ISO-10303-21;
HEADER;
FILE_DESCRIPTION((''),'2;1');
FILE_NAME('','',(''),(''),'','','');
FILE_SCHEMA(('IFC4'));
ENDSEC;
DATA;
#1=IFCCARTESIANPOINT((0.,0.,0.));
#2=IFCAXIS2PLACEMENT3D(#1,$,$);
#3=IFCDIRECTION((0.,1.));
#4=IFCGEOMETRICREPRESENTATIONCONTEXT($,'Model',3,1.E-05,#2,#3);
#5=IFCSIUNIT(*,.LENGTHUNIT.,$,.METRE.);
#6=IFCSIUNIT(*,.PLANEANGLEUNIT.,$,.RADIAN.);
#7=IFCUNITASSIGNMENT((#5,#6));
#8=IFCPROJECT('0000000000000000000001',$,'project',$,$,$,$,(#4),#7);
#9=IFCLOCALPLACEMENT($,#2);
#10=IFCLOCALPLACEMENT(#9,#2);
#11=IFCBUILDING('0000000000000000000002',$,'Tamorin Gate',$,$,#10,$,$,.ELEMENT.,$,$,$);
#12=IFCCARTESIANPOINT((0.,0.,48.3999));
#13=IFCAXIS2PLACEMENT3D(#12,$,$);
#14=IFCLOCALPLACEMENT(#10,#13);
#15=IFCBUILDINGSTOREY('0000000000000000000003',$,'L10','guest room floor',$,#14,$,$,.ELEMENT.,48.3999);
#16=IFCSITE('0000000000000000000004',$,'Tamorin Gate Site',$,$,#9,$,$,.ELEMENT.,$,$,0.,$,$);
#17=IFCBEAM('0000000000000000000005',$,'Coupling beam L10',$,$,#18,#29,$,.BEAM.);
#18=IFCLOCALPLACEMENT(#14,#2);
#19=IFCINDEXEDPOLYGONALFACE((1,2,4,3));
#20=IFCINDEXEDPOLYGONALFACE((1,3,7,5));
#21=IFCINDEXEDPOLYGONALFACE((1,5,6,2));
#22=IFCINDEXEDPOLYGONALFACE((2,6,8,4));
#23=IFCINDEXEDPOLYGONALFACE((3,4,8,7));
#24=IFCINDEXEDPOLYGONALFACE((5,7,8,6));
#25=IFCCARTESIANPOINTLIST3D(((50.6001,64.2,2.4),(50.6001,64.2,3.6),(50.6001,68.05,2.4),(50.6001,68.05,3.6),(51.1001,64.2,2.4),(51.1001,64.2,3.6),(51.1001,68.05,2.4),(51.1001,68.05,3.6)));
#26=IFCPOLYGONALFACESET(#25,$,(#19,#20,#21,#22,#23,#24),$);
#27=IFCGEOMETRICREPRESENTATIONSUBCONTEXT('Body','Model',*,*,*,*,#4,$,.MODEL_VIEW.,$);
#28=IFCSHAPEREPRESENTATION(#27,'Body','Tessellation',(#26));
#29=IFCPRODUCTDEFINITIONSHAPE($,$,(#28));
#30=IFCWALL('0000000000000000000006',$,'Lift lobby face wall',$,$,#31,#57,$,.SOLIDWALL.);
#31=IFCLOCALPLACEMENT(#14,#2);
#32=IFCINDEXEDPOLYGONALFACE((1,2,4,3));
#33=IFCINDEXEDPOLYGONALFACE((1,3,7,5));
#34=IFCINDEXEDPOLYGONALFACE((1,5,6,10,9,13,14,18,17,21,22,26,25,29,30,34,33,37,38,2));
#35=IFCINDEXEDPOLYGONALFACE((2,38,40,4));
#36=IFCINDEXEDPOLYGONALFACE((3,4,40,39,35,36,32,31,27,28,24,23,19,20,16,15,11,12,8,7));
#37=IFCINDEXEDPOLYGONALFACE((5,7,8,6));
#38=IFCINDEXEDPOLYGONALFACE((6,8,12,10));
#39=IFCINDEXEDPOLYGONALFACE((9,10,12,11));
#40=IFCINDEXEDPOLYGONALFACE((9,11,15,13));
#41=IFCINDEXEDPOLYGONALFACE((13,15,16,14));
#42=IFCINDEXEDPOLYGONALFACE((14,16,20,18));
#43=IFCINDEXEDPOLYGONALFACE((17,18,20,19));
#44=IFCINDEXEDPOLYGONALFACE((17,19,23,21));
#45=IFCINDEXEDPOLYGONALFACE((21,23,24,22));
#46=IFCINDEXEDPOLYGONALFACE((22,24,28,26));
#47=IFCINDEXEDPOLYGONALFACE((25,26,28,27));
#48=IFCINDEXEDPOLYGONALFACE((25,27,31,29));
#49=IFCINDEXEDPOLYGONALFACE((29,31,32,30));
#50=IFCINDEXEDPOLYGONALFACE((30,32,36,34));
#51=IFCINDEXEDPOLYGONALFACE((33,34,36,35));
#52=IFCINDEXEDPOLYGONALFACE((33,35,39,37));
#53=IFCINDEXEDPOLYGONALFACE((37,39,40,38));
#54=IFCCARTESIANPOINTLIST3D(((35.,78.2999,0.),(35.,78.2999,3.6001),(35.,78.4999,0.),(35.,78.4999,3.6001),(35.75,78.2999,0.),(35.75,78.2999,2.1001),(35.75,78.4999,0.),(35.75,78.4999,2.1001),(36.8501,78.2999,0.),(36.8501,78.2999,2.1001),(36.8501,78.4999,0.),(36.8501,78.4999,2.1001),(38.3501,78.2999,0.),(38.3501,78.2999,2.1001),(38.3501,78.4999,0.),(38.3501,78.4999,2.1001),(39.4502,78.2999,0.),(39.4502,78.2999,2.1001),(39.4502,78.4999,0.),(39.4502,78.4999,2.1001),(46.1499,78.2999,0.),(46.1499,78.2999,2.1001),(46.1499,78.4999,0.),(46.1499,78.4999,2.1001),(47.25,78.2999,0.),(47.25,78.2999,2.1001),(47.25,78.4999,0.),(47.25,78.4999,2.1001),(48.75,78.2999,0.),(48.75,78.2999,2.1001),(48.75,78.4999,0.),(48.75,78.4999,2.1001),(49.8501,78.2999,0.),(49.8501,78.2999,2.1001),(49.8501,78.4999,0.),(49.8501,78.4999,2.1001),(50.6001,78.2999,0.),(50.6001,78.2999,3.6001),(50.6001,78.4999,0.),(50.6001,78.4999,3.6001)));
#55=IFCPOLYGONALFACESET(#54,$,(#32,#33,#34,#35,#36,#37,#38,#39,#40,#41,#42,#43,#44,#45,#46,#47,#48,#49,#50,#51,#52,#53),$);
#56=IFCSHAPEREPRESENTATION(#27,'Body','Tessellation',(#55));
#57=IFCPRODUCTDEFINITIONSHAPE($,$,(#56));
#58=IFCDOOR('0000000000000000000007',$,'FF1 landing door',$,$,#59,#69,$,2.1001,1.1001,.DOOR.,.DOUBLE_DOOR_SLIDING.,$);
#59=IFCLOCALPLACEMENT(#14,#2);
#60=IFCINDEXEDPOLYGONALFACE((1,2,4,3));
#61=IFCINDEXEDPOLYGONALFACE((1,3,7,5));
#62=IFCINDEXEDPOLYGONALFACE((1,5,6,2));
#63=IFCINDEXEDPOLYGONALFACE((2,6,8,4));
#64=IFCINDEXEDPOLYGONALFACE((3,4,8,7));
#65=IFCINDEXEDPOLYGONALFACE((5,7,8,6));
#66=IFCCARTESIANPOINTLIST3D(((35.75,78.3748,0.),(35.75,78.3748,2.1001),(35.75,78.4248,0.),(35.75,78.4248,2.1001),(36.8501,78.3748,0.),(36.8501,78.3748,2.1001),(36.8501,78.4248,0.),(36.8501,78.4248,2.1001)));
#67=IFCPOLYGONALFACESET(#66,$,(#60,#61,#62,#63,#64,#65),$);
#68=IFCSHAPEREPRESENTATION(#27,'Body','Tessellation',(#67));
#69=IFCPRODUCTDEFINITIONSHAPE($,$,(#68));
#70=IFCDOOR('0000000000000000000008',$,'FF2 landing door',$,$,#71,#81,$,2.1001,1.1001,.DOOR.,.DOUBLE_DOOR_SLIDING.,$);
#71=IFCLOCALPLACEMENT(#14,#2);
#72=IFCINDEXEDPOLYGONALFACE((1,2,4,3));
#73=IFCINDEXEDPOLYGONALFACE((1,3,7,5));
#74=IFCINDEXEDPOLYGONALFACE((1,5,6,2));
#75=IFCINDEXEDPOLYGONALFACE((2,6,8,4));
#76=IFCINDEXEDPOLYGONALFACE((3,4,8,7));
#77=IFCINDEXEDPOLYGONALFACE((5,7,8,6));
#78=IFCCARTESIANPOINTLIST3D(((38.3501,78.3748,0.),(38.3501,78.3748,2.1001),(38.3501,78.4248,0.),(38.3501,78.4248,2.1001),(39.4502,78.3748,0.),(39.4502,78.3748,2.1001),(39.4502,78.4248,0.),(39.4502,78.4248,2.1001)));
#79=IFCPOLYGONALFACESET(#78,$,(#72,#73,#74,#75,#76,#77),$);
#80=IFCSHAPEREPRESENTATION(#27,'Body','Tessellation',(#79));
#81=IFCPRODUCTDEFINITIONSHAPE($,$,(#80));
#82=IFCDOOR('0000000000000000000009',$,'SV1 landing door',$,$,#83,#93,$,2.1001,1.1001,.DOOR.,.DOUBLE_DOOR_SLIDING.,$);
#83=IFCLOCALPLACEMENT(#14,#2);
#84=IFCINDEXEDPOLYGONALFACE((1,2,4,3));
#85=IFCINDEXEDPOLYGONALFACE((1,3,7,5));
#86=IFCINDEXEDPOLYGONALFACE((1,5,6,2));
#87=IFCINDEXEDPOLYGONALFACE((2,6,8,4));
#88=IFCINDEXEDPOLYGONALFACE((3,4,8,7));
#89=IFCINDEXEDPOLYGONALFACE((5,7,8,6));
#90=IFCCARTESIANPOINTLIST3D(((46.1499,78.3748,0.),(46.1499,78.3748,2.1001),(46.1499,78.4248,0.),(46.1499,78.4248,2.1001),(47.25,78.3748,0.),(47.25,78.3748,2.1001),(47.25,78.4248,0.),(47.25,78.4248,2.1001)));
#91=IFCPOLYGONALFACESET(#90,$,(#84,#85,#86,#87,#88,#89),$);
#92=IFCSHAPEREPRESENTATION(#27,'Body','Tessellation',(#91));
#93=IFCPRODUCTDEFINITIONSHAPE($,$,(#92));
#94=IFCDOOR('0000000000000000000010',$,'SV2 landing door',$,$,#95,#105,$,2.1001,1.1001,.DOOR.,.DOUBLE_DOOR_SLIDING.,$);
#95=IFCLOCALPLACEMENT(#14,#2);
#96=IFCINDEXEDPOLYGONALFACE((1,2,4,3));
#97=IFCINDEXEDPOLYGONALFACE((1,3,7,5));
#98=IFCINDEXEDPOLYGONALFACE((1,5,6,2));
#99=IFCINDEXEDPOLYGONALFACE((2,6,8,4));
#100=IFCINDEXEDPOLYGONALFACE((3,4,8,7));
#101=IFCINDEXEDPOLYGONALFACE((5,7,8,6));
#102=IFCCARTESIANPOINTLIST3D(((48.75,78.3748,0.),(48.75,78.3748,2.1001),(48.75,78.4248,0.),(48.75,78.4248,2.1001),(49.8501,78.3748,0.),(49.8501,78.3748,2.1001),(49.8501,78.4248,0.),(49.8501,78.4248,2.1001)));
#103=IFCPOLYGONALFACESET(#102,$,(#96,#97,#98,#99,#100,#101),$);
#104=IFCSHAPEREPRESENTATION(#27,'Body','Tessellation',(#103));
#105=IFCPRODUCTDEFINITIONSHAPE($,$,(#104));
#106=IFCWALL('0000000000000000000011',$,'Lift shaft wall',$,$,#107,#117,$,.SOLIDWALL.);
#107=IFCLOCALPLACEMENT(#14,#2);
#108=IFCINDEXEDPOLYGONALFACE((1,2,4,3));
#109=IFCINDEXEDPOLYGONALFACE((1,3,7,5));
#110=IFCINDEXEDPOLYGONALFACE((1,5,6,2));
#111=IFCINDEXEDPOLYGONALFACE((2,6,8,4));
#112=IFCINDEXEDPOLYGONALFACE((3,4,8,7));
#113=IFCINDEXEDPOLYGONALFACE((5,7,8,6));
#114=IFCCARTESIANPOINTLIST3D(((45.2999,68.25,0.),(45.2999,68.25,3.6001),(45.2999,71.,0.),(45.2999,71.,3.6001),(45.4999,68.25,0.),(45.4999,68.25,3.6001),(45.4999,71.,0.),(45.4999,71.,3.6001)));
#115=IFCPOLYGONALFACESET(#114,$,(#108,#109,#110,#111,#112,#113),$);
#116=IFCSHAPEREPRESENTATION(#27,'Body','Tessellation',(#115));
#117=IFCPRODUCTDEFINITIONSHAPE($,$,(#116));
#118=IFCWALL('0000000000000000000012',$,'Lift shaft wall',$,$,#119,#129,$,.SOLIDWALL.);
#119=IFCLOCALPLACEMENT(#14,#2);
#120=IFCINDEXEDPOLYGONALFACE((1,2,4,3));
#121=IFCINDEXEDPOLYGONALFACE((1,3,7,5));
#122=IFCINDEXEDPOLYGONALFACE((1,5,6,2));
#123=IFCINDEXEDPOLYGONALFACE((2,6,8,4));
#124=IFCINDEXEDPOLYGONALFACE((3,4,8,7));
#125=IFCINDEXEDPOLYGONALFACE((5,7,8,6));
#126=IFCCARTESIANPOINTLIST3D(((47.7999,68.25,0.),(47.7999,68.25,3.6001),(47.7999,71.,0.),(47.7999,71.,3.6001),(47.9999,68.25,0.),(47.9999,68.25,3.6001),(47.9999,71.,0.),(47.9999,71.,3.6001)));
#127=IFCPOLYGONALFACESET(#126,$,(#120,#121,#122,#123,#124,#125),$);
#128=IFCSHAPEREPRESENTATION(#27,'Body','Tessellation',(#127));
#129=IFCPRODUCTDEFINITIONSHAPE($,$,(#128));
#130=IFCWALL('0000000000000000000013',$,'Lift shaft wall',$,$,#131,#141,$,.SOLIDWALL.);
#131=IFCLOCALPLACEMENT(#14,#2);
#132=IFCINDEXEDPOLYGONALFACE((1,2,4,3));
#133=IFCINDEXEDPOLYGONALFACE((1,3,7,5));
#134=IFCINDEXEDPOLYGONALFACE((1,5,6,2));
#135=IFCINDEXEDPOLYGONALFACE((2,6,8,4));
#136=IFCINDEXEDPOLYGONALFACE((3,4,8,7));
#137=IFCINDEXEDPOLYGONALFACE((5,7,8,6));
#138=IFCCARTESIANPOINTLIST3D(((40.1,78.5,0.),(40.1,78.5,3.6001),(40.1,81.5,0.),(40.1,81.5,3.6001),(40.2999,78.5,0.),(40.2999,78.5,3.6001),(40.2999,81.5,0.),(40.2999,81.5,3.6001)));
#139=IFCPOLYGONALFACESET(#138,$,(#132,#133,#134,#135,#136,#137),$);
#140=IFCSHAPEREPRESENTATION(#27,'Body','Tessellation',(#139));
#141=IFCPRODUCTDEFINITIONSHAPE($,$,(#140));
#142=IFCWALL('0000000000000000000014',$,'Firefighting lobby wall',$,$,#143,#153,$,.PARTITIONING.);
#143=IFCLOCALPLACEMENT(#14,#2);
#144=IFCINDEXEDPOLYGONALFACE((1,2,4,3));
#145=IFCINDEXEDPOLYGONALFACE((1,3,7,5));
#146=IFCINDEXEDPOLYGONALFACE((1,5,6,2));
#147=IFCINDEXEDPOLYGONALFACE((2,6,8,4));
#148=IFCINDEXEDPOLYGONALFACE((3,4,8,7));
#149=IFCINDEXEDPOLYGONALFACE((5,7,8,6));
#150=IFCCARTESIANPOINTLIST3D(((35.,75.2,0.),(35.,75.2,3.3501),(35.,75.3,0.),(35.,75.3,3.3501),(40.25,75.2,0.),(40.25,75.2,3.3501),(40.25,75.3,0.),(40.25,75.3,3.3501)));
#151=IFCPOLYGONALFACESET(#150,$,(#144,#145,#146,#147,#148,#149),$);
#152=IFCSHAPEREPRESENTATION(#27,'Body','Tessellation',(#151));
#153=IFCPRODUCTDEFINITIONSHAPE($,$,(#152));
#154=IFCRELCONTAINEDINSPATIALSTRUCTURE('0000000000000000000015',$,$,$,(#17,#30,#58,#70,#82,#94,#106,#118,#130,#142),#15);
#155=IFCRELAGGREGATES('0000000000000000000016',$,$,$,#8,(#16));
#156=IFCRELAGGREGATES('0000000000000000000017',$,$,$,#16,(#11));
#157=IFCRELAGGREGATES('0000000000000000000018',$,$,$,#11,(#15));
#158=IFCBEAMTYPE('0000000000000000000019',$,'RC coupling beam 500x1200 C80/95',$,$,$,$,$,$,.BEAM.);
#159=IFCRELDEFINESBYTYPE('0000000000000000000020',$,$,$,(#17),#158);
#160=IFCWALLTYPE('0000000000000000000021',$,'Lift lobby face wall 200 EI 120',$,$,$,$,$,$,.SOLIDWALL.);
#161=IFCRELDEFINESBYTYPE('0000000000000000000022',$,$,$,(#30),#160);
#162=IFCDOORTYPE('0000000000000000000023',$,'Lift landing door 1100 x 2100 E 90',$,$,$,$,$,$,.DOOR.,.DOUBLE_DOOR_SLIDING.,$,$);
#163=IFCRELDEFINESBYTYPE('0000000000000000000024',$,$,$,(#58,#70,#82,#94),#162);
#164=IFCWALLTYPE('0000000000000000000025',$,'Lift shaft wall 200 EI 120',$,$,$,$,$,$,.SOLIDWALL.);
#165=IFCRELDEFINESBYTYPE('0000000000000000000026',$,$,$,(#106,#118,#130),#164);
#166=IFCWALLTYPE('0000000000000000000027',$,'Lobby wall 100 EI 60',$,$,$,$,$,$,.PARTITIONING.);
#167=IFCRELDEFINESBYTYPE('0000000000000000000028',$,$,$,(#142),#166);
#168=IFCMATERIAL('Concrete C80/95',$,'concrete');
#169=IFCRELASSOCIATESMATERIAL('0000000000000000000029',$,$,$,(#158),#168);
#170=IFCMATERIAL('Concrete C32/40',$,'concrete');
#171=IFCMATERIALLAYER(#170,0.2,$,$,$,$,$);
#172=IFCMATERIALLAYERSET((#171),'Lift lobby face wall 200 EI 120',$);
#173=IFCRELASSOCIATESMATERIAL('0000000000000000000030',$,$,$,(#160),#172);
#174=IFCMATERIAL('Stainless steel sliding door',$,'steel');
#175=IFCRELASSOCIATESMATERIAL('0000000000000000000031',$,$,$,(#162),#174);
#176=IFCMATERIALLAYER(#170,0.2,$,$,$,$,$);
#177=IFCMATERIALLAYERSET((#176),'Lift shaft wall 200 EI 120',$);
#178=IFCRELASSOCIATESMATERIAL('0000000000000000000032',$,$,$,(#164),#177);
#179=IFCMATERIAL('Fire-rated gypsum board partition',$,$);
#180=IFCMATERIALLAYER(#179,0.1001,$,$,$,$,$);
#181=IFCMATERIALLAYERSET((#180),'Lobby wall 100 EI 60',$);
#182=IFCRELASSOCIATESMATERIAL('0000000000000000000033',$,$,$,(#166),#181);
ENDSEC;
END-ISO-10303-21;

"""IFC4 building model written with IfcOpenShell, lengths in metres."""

from ifc_helpers import new_model, si_unit, direction, frame, frame_2d, origin, origin_2d, place, context, subcontext, project, spatial, rectangle, extrude, material, layer, layer_set, material_profile, profile_set, type_object, element, fill, save


model = new_model("IFC4")

# Units and contexts
model_context = context("Model", 3, precision=1e-05, world=origin(), true_north=direction((0.0, 1.0)))
body_context = subcontext(model_context, "Body", "Model", "MODEL_VIEW")
ifc_project = project(units=[si_unit("LENGTHUNIT", "METRE"), si_unit("PLANEANGLEUNIT", "RADIAN")], contexts=[model_context])

# Site, building, storey
site_placement = place(None, origin())
site = spatial("IfcSite", under=ifc_project, at=site_placement, Name="Tamorin Gate Site", CompositionType="ELEMENT", RefElevation=0.0)
building_placement = place(site_placement, origin())
building = spatial("IfcBuilding", under=site, at=building_placement, Name="Tamorin Gate", CompositionType="ELEMENT")
storey_placement = place(building_placement, frame((0.0, 0.0, 48.3999)))
storey = spatial("IfcBuildingStorey", under=building, at=storey_placement, Name="L10", Description="guest room floor", CompositionType="ELEMENT", Elevation=48.3999)

# Beam
ifc_material_1 = material(Name="Concrete C80/95", Category="concrete")
ifc_material_profile = material_profile(ifc_material_1, rectangle(XDim=0.5, YDim=1.2, at=origin_2d()), Name="RC 500x1200")
ifc_profile_set = profile_set([ifc_material_profile], Name="Concrete C80/95")
beam_type = type_object("IfcBeamType", Name="RC coupling beam 500x1200 C80/95", PredefinedType="BEAM", material=ifc_profile_set)
beam_placement = place(storey_placement, frame((50.8501, 64.2, 3.0), z_axis=(0.0, 1.0, 0.0), x_axis=(-1.0, 0.0, 0.0)))
element("IfcBeam", 1, at=beam_placement, inside=storey, type_object=beam_type, Name="Coupling beam L10", PredefinedType="BEAM", context=body_context, shape_type="SweptSolid", body=[
    extrude(rectangle(XDim=0.5, YDim=1.2, at=origin_2d()), origin(), (0.0, 0.0, 1.0), 3.8501),
])

# Wall, openings, doors
ifc_material_2 = material(Name="Concrete C32/40", Category="concrete")
ifc_layer_1 = layer(ifc_material_2, 0.2)
ifc_layer_set_1 = layer_set([ifc_layer_1], Name="Lift lobby face wall 200 EI 120")
wall_type_1 = type_object("IfcWallType", Name="Lift lobby face wall 200 EI 120", PredefinedType="SOLIDWALL", material=ifc_layer_set_1)
wall_1_placement = place(storey_placement, frame((35.0, 78.3999, 0.0), z_axis=(0.0, 0.0, 1.0), x_axis=(1.0, 0.0, 0.0)))
wall_1 = element("IfcWall", 2, at=wall_1_placement, inside=storey, type_object=wall_type_1, Name="Lift lobby face wall", PredefinedType="SOLIDWALL", context=body_context, shape_type="SweptSolid", body=[
    extrude(rectangle(XDim=15.6001, YDim=0.2, at=frame_2d((7.8, 0.0))), origin(), (0.0, 0.0, 1.0), 3.6001),
])
opening_1_placement = place(wall_1_placement, frame((0.75, 0.0, 0.0)))
opening_1 = element("IfcOpeningElement", 3, at=opening_1_placement, cuts=wall_1, PredefinedType="OPENING", context=body_context, shape_type="SweptSolid", body=[
    extrude(rectangle(XDim=1.1001, YDim=2.1001, at=frame_2d((0.55, 1.05))), frame((0.0, 0.1099, 0.0), z_axis=(0.0, -1.0, 0.0), x_axis=(1.0, 0.0, 0.0)), (0.0, 0.0, 1.0), 0.22),
])
opening_2_placement = place(wall_1_placement, frame((3.3501, 0.0, 0.0)))
opening_2 = element("IfcOpeningElement", 4, at=opening_2_placement, cuts=wall_1, PredefinedType="OPENING", context=body_context, shape_type="SweptSolid", body=[
    extrude(rectangle(XDim=1.1001, YDim=2.1001, at=frame_2d((0.55, 1.05))), frame((0.0, 0.1099, 0.0), z_axis=(0.0, -1.0, 0.0), x_axis=(1.0, 0.0, 0.0)), (0.0, 0.0, 1.0), 0.22),
])
opening_3_placement = place(wall_1_placement, frame((11.1499, 0.0, 0.0)))
opening_3 = element("IfcOpeningElement", 5, at=opening_3_placement, cuts=wall_1, PredefinedType="OPENING", context=body_context, shape_type="SweptSolid", body=[
    extrude(rectangle(XDim=1.1001, YDim=2.1001, at=frame_2d((0.55, 1.05))), frame((0.0, 0.1099, 0.0), z_axis=(0.0, -1.0, 0.0), x_axis=(1.0, 0.0, 0.0)), (0.0, 0.0, 1.0), 0.22),
])
opening_4_placement = place(wall_1_placement, frame((13.75, 0.0, 0.0)))
opening_4 = element("IfcOpeningElement", 6, at=opening_4_placement, cuts=wall_1, PredefinedType="OPENING", context=body_context, shape_type="SweptSolid", body=[
    extrude(rectangle(XDim=1.1001, YDim=2.1001, at=frame_2d((0.55, 1.05))), frame((0.0, 0.1099, 0.0), z_axis=(0.0, -1.0, 0.0), x_axis=(1.0, 0.0, 0.0)), (0.0, 0.0, 1.0), 0.22),
])
ifc_material_3 = material(Name="Stainless steel sliding door", Category="steel")
door_type_1 = type_object("IfcDoorType", Name="Lift landing door 1100 x 2100 E 90", OperationType="DOUBLE_DOOR_SLIDING", PredefinedType="DOOR", material=ifc_material_3)
door_1_placement = place(opening_1_placement, origin())
door_1 = element("IfcDoor", 7, at=door_1_placement, inside=storey, type_object=door_type_1, Name="FF1 landing door", OperationType="DOUBLE_DOOR_SLIDING", OverallHeight=2.1001, OverallWidth=1.1001, PredefinedType="DOOR", context=body_context, shape_type="SweptSolid", body=[
    extrude(rectangle(XDim=1.1001, YDim=2.1001, at=frame_2d((0.55, 1.05))), frame((0.0, 0.0249, 0.0), z_axis=(0.0, -1.0, 0.0), x_axis=(1.0, 0.0, 0.0)), (0.0, 0.0, 1.0), 0.05),
])
fill(opening_1, door_1)
door_2_placement = place(opening_2_placement, origin())
door_2 = element("IfcDoor", 8, at=door_2_placement, inside=storey, type_object=door_type_1, Name="FF2 landing door", OperationType="DOUBLE_DOOR_SLIDING", OverallHeight=2.1001, OverallWidth=1.1001, PredefinedType="DOOR", context=body_context, shape_type="SweptSolid", body=[
    extrude(rectangle(XDim=1.1001, YDim=2.1001, at=frame_2d((0.55, 1.05))), frame((0.0, 0.0249, 0.0), z_axis=(0.0, -1.0, 0.0), x_axis=(1.0, 0.0, 0.0)), (0.0, 0.0, 1.0), 0.05),
])
fill(opening_2, door_2)
door_3_placement = place(opening_3_placement, origin())
door_3 = element("IfcDoor", 9, at=door_3_placement, inside=storey, type_object=door_type_1, Name="SV1 landing door", OperationType="DOUBLE_DOOR_SLIDING", OverallHeight=2.1001, OverallWidth=1.1001, PredefinedType="DOOR", context=body_context, shape_type="SweptSolid", body=[
    extrude(rectangle(XDim=1.1001, YDim=2.1001, at=frame_2d((0.55, 1.05))), frame((0.0, 0.0249, 0.0), z_axis=(0.0, -1.0, 0.0), x_axis=(1.0, 0.0, 0.0)), (0.0, 0.0, 1.0), 0.05),
])
fill(opening_3, door_3)
door_4_placement = place(opening_4_placement, origin())
door_4 = element("IfcDoor", 10, at=door_4_placement, inside=storey, type_object=door_type_1, Name="SV2 landing door", OperationType="DOUBLE_DOOR_SLIDING", OverallHeight=2.1001, OverallWidth=1.1001, PredefinedType="DOOR", context=body_context, shape_type="SweptSolid", body=[
    extrude(rectangle(XDim=1.1001, YDim=2.1001, at=frame_2d((0.55, 1.05))), frame((0.0, 0.0249, 0.0), z_axis=(0.0, -1.0, 0.0), x_axis=(1.0, 0.0, 0.0)), (0.0, 0.0, 1.0), 0.05),
])
fill(opening_4, door_4)

# Walls
ifc_layer_2 = layer(ifc_material_2, 0.2)
ifc_layer_set_2 = layer_set([ifc_layer_2], Name="Lift shaft wall 200 EI 120")
wall_type_2 = type_object("IfcWallType", Name="Lift shaft wall 200 EI 120", PredefinedType="SOLIDWALL", material=ifc_layer_set_2)
for number, where, z_axis, x_axis, name in (
    (11, (45.3999, 68.25, 0.0), (0.0, 0.0, 1.0), (0.0, 1.0, 0.0), "Lift shaft wall"),
    (12, (47.8999, 68.25, 0.0), (0.0, 0.0, 1.0), (0.0, 1.0, 0.0), "Lift shaft wall"),
):
    element("IfcWall", number, at=place(storey_placement, frame(where, z_axis=z_axis, x_axis=x_axis)), inside=storey, type_object=wall_type_2, Name=name, PredefinedType="SOLIDWALL", context=body_context, shape_type="SweptSolid", body=[
        extrude(rectangle(XDim=2.75, YDim=0.2, at=frame_2d((1.375, 0.0))), origin(), (0.0, 0.0, 1.0), 3.6001),
    ])
wall_2_placement = place(storey_placement, frame((40.2, 78.5, 0.0), z_axis=(0.0, 0.0, 1.0), x_axis=(0.0, 1.0, 0.0)))
element("IfcWall", 13, at=wall_2_placement, inside=storey, type_object=wall_type_2, Name="Lift shaft wall", PredefinedType="SOLIDWALL", context=body_context, shape_type="SweptSolid", body=[
    extrude(rectangle(XDim=3.0, YDim=0.2, at=frame_2d((1.5, 0.0))), origin(), (0.0, 0.0, 1.0), 3.6001),
])
ifc_material_4 = material(Name="Fire-rated gypsum board partition")
ifc_layer_3 = layer(ifc_material_4, 0.1001)
ifc_layer_set_3 = layer_set([ifc_layer_3], Name="Lobby wall 100 EI 60")
wall_type_3 = type_object("IfcWallType", Name="Lobby wall 100 EI 60", PredefinedType="PARTITIONING", material=ifc_layer_set_3)
wall_3_placement = place(storey_placement, frame((35.0, 75.25, 0.0), z_axis=(0.0, 0.0, 1.0), x_axis=(1.0, 0.0, 0.0)))
element("IfcWall", 14, at=wall_3_placement, inside=storey, type_object=wall_type_3, Name="Firefighting lobby wall", PredefinedType="PARTITIONING", context=body_context, shape_type="SweptSolid", body=[
    extrude(rectangle(XDim=5.25, YDim=0.1001, at=frame_2d((2.625, 0.0))), origin(), (0.0, 0.0, 1.0), 3.3501),
])

save(model, "model.ifc")
